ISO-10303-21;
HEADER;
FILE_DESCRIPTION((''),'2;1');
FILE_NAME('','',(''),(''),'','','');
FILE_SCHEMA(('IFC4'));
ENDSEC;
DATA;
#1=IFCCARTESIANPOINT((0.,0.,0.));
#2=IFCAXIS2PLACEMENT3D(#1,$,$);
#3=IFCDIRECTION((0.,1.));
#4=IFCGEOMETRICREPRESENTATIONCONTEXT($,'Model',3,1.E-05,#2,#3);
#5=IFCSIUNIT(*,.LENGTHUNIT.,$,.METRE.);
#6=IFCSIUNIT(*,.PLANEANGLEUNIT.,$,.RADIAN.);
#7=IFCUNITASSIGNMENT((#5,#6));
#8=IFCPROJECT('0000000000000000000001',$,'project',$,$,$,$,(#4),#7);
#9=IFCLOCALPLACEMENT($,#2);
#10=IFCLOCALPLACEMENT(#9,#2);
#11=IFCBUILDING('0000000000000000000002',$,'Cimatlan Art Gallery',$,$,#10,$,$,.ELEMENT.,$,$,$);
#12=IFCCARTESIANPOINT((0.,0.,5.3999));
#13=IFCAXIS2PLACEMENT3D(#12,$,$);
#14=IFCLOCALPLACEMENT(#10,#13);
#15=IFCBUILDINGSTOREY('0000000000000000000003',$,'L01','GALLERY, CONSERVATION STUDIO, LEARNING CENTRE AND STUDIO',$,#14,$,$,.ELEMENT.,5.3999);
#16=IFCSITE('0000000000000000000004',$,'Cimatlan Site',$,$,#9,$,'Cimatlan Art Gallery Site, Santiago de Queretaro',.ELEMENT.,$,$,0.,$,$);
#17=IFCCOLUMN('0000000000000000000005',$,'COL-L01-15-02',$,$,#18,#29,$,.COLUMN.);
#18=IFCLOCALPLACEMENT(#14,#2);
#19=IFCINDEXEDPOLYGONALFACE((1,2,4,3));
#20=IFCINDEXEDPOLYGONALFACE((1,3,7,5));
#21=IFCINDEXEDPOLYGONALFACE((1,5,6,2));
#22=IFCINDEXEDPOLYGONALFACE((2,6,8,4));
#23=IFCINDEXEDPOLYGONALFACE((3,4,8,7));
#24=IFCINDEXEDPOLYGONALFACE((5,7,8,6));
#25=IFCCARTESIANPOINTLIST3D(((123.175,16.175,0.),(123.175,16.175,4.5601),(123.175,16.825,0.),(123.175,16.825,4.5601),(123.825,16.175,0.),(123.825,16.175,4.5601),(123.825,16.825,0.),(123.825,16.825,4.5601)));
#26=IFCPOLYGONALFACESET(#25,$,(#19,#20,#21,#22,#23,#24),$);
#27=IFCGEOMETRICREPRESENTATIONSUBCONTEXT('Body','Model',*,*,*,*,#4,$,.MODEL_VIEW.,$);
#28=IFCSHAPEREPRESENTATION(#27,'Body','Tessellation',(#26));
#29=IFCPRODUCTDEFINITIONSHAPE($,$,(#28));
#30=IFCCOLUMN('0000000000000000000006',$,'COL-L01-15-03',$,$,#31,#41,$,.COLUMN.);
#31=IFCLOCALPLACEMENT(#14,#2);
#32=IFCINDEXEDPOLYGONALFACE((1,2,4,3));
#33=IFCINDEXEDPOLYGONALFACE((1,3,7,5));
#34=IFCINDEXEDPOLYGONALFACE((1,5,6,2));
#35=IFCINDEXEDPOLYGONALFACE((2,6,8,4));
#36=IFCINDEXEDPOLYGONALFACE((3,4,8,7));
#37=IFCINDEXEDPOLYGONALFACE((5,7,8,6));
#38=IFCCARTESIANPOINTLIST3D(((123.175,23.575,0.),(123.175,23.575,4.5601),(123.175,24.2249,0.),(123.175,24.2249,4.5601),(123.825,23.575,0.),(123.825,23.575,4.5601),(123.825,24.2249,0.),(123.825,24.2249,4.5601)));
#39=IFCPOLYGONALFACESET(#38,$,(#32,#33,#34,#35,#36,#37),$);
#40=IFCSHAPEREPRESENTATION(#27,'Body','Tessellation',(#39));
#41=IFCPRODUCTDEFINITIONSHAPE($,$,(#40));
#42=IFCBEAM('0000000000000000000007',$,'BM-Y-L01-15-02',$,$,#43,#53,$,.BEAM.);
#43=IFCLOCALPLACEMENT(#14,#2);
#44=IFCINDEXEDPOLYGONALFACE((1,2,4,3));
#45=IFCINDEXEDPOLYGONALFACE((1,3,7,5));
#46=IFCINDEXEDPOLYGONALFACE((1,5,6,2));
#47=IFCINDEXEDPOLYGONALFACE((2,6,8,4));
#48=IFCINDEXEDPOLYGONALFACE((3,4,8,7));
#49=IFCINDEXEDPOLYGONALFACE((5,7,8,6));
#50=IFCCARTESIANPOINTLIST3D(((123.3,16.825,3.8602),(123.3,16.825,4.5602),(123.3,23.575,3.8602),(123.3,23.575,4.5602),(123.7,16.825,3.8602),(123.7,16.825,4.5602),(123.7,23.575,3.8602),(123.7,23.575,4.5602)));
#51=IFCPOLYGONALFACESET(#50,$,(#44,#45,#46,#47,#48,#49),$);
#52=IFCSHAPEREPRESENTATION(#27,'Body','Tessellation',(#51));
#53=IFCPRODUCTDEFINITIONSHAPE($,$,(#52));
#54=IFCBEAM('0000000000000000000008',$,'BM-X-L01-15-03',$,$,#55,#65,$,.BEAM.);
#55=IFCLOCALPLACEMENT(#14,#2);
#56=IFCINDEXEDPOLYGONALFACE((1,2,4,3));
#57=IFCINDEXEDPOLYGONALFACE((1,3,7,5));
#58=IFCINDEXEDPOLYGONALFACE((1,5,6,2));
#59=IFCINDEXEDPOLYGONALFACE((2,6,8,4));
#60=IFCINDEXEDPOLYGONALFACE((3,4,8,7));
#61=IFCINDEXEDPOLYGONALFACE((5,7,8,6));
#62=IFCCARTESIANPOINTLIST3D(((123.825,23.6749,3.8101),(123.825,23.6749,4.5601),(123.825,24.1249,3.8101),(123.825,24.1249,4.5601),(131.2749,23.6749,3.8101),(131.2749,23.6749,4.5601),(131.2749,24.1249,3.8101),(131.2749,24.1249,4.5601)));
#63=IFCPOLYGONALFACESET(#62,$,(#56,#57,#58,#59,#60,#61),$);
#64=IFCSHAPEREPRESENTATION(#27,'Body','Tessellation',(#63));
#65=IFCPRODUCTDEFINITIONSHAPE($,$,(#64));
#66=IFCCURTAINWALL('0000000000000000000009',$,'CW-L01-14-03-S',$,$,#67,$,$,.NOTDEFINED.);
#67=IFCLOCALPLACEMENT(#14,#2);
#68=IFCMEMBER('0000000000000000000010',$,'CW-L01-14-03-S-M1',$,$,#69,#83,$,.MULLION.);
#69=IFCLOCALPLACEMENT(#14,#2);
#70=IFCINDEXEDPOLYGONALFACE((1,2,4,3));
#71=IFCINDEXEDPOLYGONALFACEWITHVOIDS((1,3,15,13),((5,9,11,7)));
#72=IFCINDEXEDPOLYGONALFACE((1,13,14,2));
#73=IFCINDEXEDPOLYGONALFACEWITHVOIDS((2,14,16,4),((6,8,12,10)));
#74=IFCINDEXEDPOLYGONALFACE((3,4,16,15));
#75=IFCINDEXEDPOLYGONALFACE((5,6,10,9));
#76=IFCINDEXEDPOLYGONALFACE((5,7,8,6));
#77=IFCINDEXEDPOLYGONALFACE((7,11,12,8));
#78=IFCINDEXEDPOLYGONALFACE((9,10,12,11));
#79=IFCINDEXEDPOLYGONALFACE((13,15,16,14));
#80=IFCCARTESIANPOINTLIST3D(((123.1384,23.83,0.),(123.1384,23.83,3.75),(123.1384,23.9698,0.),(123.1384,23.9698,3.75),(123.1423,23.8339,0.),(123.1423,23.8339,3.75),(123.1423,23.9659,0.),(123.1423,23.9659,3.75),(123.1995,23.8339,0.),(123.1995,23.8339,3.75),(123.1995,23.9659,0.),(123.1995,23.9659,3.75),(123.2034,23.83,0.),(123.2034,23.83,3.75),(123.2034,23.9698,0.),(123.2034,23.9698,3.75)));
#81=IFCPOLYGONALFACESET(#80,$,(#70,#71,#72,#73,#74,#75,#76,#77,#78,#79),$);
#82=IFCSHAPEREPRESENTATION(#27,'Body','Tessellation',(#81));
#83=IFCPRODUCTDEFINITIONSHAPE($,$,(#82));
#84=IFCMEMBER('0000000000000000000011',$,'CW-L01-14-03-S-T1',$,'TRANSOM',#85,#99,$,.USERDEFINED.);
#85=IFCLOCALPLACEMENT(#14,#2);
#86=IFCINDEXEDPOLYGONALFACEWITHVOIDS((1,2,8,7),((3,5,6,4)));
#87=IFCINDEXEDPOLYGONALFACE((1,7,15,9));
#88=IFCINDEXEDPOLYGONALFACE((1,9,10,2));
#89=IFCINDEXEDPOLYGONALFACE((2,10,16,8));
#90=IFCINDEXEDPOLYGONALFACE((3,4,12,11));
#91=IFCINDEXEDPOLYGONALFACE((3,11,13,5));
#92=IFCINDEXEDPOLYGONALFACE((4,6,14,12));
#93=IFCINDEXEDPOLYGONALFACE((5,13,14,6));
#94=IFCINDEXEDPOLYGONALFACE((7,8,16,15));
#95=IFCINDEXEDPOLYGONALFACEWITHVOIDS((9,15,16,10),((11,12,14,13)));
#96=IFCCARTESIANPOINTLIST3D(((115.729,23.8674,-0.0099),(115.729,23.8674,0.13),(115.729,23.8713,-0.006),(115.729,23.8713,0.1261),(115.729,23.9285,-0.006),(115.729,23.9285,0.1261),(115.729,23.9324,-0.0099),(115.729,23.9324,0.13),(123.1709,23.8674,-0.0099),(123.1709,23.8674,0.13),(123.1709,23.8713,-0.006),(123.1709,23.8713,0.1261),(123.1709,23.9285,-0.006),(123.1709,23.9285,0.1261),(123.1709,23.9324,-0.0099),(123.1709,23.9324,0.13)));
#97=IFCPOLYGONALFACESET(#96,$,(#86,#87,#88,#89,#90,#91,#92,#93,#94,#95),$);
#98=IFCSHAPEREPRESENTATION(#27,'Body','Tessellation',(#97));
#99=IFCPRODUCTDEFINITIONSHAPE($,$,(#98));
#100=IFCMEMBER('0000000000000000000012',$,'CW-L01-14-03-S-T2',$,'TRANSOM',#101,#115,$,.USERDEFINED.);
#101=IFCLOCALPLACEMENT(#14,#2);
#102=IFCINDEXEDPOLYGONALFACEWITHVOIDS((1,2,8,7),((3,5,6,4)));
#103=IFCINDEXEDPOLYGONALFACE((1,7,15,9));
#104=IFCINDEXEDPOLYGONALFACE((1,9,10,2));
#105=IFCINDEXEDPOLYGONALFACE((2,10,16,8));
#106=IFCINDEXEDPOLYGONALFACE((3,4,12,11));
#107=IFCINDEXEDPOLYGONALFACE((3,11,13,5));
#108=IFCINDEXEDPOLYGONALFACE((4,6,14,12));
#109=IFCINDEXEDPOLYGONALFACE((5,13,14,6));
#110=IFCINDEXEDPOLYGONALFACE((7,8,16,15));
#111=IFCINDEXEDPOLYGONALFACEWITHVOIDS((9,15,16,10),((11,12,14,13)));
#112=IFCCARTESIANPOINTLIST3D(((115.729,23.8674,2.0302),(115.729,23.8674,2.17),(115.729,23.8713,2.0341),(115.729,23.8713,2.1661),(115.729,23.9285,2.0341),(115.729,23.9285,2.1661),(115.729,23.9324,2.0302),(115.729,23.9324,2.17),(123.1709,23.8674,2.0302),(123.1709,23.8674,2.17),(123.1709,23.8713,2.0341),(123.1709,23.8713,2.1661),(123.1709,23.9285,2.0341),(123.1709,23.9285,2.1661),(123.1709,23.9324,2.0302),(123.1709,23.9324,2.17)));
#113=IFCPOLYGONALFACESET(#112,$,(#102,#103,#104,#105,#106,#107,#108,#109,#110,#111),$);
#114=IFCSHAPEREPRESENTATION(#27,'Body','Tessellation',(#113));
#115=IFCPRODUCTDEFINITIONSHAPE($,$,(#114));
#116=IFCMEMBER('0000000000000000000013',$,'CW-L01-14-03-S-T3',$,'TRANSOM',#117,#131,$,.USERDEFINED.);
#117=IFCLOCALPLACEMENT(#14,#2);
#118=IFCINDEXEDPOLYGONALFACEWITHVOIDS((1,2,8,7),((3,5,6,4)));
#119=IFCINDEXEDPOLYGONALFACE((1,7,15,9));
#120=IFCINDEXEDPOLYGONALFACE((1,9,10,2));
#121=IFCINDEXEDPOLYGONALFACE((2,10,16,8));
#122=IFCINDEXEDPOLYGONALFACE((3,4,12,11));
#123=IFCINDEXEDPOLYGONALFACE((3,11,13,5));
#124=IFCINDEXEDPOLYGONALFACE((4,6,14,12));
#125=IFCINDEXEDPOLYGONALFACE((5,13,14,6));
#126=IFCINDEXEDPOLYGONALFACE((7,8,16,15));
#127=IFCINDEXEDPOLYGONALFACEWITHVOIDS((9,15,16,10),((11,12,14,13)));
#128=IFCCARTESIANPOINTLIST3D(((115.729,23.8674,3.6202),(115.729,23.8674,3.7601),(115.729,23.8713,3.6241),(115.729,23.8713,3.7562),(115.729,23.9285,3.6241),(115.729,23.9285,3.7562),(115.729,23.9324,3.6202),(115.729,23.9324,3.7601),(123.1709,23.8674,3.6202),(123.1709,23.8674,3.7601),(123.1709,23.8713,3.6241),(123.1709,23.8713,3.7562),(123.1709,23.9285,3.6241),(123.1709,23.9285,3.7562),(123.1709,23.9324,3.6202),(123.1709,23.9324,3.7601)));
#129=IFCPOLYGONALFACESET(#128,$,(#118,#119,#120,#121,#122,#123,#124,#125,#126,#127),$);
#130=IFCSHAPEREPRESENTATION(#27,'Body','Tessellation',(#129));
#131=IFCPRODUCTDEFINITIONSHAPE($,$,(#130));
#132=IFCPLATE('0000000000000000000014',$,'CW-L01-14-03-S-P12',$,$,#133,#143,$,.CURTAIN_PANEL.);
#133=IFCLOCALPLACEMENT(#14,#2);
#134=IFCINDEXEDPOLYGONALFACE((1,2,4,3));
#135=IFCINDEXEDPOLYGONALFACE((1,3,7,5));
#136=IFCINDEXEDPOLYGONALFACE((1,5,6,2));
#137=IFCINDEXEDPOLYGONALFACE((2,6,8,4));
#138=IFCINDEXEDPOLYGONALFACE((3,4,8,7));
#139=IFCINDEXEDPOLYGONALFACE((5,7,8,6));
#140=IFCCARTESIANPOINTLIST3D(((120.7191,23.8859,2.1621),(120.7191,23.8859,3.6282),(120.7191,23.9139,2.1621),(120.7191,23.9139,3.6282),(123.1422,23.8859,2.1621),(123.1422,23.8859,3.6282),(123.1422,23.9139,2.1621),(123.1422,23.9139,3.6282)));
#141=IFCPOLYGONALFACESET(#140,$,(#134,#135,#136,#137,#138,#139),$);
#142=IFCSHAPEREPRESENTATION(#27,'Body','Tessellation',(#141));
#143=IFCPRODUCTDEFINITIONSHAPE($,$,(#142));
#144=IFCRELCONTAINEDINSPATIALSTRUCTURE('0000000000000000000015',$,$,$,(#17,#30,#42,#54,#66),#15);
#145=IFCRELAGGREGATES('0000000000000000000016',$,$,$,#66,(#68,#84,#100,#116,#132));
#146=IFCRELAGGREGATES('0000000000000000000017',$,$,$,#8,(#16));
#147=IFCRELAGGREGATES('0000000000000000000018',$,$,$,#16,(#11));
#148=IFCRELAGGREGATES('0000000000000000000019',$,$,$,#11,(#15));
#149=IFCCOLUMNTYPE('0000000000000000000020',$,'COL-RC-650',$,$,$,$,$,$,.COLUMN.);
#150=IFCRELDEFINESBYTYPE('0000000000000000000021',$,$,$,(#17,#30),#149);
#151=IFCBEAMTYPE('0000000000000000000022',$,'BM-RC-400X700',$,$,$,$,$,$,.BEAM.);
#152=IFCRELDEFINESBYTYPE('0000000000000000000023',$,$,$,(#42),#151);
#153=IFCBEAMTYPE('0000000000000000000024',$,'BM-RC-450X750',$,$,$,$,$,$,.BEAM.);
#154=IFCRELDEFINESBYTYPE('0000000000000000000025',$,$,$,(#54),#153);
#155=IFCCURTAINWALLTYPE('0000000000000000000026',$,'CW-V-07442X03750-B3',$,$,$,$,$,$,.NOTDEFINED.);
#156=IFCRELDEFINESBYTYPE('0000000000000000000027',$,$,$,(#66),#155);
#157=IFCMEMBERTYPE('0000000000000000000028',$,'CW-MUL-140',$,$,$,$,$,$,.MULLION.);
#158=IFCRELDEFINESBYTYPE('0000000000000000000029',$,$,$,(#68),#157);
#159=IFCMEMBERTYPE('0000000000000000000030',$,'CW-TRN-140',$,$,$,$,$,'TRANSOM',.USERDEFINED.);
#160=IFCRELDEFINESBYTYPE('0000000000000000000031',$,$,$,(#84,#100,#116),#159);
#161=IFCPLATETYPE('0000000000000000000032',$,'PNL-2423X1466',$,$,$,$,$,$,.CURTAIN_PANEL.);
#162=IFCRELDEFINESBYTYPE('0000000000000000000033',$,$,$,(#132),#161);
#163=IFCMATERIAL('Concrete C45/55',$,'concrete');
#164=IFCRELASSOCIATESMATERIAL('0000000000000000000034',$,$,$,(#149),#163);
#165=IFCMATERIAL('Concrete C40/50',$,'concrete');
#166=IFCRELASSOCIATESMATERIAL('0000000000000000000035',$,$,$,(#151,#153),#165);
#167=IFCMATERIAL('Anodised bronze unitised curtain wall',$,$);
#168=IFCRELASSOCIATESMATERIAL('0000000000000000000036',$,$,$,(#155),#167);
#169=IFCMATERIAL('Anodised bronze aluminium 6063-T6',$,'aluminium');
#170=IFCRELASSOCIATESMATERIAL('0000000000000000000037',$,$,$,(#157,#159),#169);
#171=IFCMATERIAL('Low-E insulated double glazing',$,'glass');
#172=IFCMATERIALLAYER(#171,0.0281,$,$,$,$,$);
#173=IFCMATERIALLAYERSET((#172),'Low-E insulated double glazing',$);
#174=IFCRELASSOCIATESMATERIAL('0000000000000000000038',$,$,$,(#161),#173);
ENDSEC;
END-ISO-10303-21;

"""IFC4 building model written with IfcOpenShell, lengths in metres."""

from ifc_helpers import new_model, si_unit, direction, frame, origin, origin_2d, place, context, subcontext, project, spatial, rectangle, hollow_rectangle, extrude, material, layer, layer_set, material_profile, profile_set, type_object, element, aggregate, save


model = new_model("IFC4")

# Units and contexts
model_context = context("Model", 3, precision=1e-05, world=origin(), true_north=direction((0.0, 1.0)))
body_context = subcontext(model_context, "Body", "Model", "MODEL_VIEW")
ifc_project = project(units=[si_unit("LENGTHUNIT", "METRE"), si_unit("PLANEANGLEUNIT", "RADIAN")], contexts=[model_context])

# Site, building, storey
site_placement = place(None, origin())
site = spatial("IfcSite", under=ifc_project, at=site_placement, Name="Cimatlan Site", LongName="Cimatlan Art Gallery Site, Santiago de Queretaro", CompositionType="ELEMENT", RefElevation=0.0)
building_placement = place(site_placement, origin())
building = spatial("IfcBuilding", under=site, at=building_placement, Name="Cimatlan Art Gallery", CompositionType="ELEMENT")
storey_placement = place(building_placement, frame((0.0, 0.0, 5.3999)))
storey = spatial("IfcBuildingStorey", under=building, at=storey_placement, Name="L01", Description="GALLERY, CONSERVATION STUDIO, LEARNING CENTRE AND STUDIO", CompositionType="ELEMENT", Elevation=5.3999)

# Columns
ifc_material_1 = material(Name="Concrete C45/55", Category="concrete")
ifc_material_profile_1 = material_profile(ifc_material_1, rectangle(XDim=0.6499, YDim=0.6499, at=origin_2d()), Name="RC650X650")
ifc_profile_set_1 = profile_set([ifc_material_profile_1], Name="Concrete C45/55")
column_type = type_object("IfcColumnType", Name="COL-RC-650", PredefinedType="COLUMN", material=ifc_profile_set_1)
for number, where, z_axis, x_axis, name in (
    (1, (123.5, 16.5, 0.0), (0.0, 0.0, 1.0), (1.0, 0.0, 0.0), "COL-L01-15-02"),
    (2, (123.5, 23.8999, 0.0), (0.0, 0.0, 1.0), (1.0, 0.0, 0.0), "COL-L01-15-03"),
):
    element("IfcColumn", number, at=place(storey_placement, frame(where, z_axis=z_axis, x_axis=x_axis)), inside=storey, type_object=column_type, Name=name, PredefinedType="COLUMN", context=body_context, shape_type="SweptSolid", body=[
        extrude(rectangle(XDim=0.6499, YDim=0.6499, at=origin_2d()), origin(), (0.0, 0.0, 1.0), 4.5601),
    ])

# Beams
ifc_material_2 = material(Name="Concrete C40/50", Category="concrete")
ifc_material_profile_2 = material_profile(ifc_material_2, rectangle(XDim=0.3999, YDim=0.7, at=origin_2d()), Name="RC400X700")
ifc_profile_set_2 = profile_set([ifc_material_profile_2], Name="Concrete C40/50")
beam_type_1 = type_object("IfcBeamType", Name="BM-RC-400X700", PredefinedType="BEAM", material=ifc_profile_set_2)
beam_1_placement = place(storey_placement, frame((123.5, 16.825, 4.2102), z_axis=(0.0, 1.0, 0.0), x_axis=(-1.0, 0.0, 0.0)))
element("IfcBeam", 3, at=beam_1_placement, inside=storey, type_object=beam_type_1, Name="BM-Y-L01-15-02", PredefinedType="BEAM", context=body_context, shape_type="SweptSolid", body=[
    extrude(rectangle(XDim=0.3999, YDim=0.7, at=origin_2d()), origin(), (0.0, 0.0, 1.0), 6.75),
])
ifc_material_profile_3 = material_profile(ifc_material_2, rectangle(XDim=0.45, YDim=0.75, at=origin_2d()), Name="RC450X750")
ifc_profile_set_3 = profile_set([ifc_material_profile_3], Name="Concrete C40/50")
beam_type_2 = type_object("IfcBeamType", Name="BM-RC-450X750", PredefinedType="BEAM", material=ifc_profile_set_3)
beam_2_placement = place(storey_placement, frame((123.825, 23.8999, 4.1851), z_axis=(1.0, 0.0, 0.0), x_axis=(0.0, 1.0, 0.0)))
element("IfcBeam", 4, at=beam_2_placement, inside=storey, type_object=beam_type_2, Name="BM-X-L01-15-03", PredefinedType="BEAM", context=body_context, shape_type="SweptSolid", body=[
    extrude(rectangle(XDim=0.45, YDim=0.75, at=origin_2d()), origin(), (0.0, 0.0, 1.0), 7.45),
])

# Curtain wall, members, plate
ifc_material_3 = material(Name="Anodised bronze unitised curtain wall")
curtain_wall_type = type_object("IfcCurtainWallType", Name="CW-V-07442X03750-B3", PredefinedType="NOTDEFINED", material=ifc_material_3)
curtain_wall_placement = place(storey_placement, origin())
curtain_wall = element("IfcCurtainWall", 5, at=curtain_wall_placement, inside=storey, type_object=curtain_wall_type, Name="CW-L01-14-03-S", PredefinedType="NOTDEFINED")
ifc_material_4 = material(Name="Anodised bronze aluminium 6063-T6", Category="aluminium")
ifc_material_profile_4 = material_profile(ifc_material_4, hollow_rectangle(XDim=0.0649, YDim=0.1399, WallThickness=0.0039, at=origin_2d()), Name="ALU65X140X4")
ifc_profile_set_4 = profile_set([ifc_material_profile_4], Name="Anodised bronze aluminium 6063-T6")
member_type_1 = type_object("IfcMemberType", Name="CW-MUL-140", PredefinedType="MULLION", material=ifc_profile_set_4)
member_1_placement = place(storey_placement, frame((123.1709, 23.8999, 0.0), z_axis=(0.0, 0.0, 1.0), x_axis=(1.0, 0.0, 0.0)))
member_1 = element("IfcMember", 6, at=member_1_placement, type_object=member_type_1, Name="CW-L01-14-03-S-M1", PredefinedType="MULLION", context=body_context, shape_type="SweptSolid", body=[
    extrude(hollow_rectangle(XDim=0.0649, YDim=0.1399, WallThickness=0.0039, at=origin_2d()), origin(), (0.0, 0.0, 1.0), 3.75),
])
ifc_material_profile_5 = material_profile(ifc_material_4, hollow_rectangle(XDim=0.0649, YDim=0.1399, WallThickness=0.0039, at=origin_2d()), Name="ALU65X140X4")
ifc_profile_set_5 = profile_set([ifc_material_profile_5], Name="Anodised bronze aluminium 6063-T6")
member_type_2 = type_object("IfcMemberType", Name="CW-TRN-140", ElementType="TRANSOM", PredefinedType="USERDEFINED", material=ifc_profile_set_5)
member_2_placement = place(storey_placement, frame((123.1709, 23.8999, 0.0601), z_axis=(-1.0, 0.0, 0.0), x_axis=(0.0, -1.0, 0.0)))
member_2 = element("IfcMember", 7, at=member_2_placement, type_object=member_type_2, Name="CW-L01-14-03-S-T1", ObjectType="TRANSOM", PredefinedType="USERDEFINED", context=body_context, shape_type="SweptSolid", body=[
    extrude(hollow_rectangle(XDim=0.0649, YDim=0.1399, WallThickness=0.0039, at=origin_2d()), origin(), (0.0, 0.0, 1.0), 7.4419),
])
member_3_placement = place(storey_placement, frame((123.1709, 23.8999, 2.1001), z_axis=(-1.0, 0.0, 0.0), x_axis=(0.0, -1.0, 0.0)))
member_3 = element("IfcMember", 8, at=member_3_placement, type_object=member_type_2, Name="CW-L01-14-03-S-T2", ObjectType="TRANSOM", PredefinedType="USERDEFINED", context=body_context, shape_type="SweptSolid", body=[
    extrude(hollow_rectangle(XDim=0.0649, YDim=0.1399, WallThickness=0.0039, at=origin_2d()), origin(), (0.0, 0.0, 1.0), 7.4419),
])
member_4_placement = place(storey_placement, frame((123.1709, 23.8999, 3.6902), z_axis=(-1.0, 0.0, 0.0), x_axis=(0.0, -1.0, 0.0)))
member_4 = element("IfcMember", 9, at=member_4_placement, type_object=member_type_2, Name="CW-L01-14-03-S-T3", ObjectType="TRANSOM", PredefinedType="USERDEFINED", context=body_context, shape_type="SweptSolid", body=[
    extrude(hollow_rectangle(XDim=0.0649, YDim=0.1399, WallThickness=0.0039, at=origin_2d()), origin(), (0.0, 0.0, 1.0), 7.4419),
])
ifc_material_5 = material(Name="Low-E insulated double glazing", Category="glass")
ifc_layer_1 = layer(ifc_material_5, 0.0281)
ifc_layer_set_1 = layer_set([ifc_layer_1], Name="Low-E insulated double glazing")
plate_type = type_object("IfcPlateType", Name="PNL-2423X1466", PredefinedType="CURTAIN_PANEL", material=ifc_layer_set_1)
plate_placement = place(storey_placement, frame((121.9307, 23.8999, 2.1621), z_axis=(0.0, 0.0, 1.0), x_axis=(-1.0, 0.0, 0.0)))
plate = element("IfcPlate", 10, at=plate_placement, type_object=plate_type, Name="CW-L01-14-03-S-P12", PredefinedType="CURTAIN_PANEL", context=body_context, shape_type="SweptSolid", body=[
    extrude(rectangle(XDim=2.4231, YDim=0.0281, at=origin_2d()), origin(), (0.0, 0.0, 1.0), 1.4661),
])
aggregate(curtain_wall, [member_1, member_2, member_3, member_4, plate])

save(model, "model.ifc")
